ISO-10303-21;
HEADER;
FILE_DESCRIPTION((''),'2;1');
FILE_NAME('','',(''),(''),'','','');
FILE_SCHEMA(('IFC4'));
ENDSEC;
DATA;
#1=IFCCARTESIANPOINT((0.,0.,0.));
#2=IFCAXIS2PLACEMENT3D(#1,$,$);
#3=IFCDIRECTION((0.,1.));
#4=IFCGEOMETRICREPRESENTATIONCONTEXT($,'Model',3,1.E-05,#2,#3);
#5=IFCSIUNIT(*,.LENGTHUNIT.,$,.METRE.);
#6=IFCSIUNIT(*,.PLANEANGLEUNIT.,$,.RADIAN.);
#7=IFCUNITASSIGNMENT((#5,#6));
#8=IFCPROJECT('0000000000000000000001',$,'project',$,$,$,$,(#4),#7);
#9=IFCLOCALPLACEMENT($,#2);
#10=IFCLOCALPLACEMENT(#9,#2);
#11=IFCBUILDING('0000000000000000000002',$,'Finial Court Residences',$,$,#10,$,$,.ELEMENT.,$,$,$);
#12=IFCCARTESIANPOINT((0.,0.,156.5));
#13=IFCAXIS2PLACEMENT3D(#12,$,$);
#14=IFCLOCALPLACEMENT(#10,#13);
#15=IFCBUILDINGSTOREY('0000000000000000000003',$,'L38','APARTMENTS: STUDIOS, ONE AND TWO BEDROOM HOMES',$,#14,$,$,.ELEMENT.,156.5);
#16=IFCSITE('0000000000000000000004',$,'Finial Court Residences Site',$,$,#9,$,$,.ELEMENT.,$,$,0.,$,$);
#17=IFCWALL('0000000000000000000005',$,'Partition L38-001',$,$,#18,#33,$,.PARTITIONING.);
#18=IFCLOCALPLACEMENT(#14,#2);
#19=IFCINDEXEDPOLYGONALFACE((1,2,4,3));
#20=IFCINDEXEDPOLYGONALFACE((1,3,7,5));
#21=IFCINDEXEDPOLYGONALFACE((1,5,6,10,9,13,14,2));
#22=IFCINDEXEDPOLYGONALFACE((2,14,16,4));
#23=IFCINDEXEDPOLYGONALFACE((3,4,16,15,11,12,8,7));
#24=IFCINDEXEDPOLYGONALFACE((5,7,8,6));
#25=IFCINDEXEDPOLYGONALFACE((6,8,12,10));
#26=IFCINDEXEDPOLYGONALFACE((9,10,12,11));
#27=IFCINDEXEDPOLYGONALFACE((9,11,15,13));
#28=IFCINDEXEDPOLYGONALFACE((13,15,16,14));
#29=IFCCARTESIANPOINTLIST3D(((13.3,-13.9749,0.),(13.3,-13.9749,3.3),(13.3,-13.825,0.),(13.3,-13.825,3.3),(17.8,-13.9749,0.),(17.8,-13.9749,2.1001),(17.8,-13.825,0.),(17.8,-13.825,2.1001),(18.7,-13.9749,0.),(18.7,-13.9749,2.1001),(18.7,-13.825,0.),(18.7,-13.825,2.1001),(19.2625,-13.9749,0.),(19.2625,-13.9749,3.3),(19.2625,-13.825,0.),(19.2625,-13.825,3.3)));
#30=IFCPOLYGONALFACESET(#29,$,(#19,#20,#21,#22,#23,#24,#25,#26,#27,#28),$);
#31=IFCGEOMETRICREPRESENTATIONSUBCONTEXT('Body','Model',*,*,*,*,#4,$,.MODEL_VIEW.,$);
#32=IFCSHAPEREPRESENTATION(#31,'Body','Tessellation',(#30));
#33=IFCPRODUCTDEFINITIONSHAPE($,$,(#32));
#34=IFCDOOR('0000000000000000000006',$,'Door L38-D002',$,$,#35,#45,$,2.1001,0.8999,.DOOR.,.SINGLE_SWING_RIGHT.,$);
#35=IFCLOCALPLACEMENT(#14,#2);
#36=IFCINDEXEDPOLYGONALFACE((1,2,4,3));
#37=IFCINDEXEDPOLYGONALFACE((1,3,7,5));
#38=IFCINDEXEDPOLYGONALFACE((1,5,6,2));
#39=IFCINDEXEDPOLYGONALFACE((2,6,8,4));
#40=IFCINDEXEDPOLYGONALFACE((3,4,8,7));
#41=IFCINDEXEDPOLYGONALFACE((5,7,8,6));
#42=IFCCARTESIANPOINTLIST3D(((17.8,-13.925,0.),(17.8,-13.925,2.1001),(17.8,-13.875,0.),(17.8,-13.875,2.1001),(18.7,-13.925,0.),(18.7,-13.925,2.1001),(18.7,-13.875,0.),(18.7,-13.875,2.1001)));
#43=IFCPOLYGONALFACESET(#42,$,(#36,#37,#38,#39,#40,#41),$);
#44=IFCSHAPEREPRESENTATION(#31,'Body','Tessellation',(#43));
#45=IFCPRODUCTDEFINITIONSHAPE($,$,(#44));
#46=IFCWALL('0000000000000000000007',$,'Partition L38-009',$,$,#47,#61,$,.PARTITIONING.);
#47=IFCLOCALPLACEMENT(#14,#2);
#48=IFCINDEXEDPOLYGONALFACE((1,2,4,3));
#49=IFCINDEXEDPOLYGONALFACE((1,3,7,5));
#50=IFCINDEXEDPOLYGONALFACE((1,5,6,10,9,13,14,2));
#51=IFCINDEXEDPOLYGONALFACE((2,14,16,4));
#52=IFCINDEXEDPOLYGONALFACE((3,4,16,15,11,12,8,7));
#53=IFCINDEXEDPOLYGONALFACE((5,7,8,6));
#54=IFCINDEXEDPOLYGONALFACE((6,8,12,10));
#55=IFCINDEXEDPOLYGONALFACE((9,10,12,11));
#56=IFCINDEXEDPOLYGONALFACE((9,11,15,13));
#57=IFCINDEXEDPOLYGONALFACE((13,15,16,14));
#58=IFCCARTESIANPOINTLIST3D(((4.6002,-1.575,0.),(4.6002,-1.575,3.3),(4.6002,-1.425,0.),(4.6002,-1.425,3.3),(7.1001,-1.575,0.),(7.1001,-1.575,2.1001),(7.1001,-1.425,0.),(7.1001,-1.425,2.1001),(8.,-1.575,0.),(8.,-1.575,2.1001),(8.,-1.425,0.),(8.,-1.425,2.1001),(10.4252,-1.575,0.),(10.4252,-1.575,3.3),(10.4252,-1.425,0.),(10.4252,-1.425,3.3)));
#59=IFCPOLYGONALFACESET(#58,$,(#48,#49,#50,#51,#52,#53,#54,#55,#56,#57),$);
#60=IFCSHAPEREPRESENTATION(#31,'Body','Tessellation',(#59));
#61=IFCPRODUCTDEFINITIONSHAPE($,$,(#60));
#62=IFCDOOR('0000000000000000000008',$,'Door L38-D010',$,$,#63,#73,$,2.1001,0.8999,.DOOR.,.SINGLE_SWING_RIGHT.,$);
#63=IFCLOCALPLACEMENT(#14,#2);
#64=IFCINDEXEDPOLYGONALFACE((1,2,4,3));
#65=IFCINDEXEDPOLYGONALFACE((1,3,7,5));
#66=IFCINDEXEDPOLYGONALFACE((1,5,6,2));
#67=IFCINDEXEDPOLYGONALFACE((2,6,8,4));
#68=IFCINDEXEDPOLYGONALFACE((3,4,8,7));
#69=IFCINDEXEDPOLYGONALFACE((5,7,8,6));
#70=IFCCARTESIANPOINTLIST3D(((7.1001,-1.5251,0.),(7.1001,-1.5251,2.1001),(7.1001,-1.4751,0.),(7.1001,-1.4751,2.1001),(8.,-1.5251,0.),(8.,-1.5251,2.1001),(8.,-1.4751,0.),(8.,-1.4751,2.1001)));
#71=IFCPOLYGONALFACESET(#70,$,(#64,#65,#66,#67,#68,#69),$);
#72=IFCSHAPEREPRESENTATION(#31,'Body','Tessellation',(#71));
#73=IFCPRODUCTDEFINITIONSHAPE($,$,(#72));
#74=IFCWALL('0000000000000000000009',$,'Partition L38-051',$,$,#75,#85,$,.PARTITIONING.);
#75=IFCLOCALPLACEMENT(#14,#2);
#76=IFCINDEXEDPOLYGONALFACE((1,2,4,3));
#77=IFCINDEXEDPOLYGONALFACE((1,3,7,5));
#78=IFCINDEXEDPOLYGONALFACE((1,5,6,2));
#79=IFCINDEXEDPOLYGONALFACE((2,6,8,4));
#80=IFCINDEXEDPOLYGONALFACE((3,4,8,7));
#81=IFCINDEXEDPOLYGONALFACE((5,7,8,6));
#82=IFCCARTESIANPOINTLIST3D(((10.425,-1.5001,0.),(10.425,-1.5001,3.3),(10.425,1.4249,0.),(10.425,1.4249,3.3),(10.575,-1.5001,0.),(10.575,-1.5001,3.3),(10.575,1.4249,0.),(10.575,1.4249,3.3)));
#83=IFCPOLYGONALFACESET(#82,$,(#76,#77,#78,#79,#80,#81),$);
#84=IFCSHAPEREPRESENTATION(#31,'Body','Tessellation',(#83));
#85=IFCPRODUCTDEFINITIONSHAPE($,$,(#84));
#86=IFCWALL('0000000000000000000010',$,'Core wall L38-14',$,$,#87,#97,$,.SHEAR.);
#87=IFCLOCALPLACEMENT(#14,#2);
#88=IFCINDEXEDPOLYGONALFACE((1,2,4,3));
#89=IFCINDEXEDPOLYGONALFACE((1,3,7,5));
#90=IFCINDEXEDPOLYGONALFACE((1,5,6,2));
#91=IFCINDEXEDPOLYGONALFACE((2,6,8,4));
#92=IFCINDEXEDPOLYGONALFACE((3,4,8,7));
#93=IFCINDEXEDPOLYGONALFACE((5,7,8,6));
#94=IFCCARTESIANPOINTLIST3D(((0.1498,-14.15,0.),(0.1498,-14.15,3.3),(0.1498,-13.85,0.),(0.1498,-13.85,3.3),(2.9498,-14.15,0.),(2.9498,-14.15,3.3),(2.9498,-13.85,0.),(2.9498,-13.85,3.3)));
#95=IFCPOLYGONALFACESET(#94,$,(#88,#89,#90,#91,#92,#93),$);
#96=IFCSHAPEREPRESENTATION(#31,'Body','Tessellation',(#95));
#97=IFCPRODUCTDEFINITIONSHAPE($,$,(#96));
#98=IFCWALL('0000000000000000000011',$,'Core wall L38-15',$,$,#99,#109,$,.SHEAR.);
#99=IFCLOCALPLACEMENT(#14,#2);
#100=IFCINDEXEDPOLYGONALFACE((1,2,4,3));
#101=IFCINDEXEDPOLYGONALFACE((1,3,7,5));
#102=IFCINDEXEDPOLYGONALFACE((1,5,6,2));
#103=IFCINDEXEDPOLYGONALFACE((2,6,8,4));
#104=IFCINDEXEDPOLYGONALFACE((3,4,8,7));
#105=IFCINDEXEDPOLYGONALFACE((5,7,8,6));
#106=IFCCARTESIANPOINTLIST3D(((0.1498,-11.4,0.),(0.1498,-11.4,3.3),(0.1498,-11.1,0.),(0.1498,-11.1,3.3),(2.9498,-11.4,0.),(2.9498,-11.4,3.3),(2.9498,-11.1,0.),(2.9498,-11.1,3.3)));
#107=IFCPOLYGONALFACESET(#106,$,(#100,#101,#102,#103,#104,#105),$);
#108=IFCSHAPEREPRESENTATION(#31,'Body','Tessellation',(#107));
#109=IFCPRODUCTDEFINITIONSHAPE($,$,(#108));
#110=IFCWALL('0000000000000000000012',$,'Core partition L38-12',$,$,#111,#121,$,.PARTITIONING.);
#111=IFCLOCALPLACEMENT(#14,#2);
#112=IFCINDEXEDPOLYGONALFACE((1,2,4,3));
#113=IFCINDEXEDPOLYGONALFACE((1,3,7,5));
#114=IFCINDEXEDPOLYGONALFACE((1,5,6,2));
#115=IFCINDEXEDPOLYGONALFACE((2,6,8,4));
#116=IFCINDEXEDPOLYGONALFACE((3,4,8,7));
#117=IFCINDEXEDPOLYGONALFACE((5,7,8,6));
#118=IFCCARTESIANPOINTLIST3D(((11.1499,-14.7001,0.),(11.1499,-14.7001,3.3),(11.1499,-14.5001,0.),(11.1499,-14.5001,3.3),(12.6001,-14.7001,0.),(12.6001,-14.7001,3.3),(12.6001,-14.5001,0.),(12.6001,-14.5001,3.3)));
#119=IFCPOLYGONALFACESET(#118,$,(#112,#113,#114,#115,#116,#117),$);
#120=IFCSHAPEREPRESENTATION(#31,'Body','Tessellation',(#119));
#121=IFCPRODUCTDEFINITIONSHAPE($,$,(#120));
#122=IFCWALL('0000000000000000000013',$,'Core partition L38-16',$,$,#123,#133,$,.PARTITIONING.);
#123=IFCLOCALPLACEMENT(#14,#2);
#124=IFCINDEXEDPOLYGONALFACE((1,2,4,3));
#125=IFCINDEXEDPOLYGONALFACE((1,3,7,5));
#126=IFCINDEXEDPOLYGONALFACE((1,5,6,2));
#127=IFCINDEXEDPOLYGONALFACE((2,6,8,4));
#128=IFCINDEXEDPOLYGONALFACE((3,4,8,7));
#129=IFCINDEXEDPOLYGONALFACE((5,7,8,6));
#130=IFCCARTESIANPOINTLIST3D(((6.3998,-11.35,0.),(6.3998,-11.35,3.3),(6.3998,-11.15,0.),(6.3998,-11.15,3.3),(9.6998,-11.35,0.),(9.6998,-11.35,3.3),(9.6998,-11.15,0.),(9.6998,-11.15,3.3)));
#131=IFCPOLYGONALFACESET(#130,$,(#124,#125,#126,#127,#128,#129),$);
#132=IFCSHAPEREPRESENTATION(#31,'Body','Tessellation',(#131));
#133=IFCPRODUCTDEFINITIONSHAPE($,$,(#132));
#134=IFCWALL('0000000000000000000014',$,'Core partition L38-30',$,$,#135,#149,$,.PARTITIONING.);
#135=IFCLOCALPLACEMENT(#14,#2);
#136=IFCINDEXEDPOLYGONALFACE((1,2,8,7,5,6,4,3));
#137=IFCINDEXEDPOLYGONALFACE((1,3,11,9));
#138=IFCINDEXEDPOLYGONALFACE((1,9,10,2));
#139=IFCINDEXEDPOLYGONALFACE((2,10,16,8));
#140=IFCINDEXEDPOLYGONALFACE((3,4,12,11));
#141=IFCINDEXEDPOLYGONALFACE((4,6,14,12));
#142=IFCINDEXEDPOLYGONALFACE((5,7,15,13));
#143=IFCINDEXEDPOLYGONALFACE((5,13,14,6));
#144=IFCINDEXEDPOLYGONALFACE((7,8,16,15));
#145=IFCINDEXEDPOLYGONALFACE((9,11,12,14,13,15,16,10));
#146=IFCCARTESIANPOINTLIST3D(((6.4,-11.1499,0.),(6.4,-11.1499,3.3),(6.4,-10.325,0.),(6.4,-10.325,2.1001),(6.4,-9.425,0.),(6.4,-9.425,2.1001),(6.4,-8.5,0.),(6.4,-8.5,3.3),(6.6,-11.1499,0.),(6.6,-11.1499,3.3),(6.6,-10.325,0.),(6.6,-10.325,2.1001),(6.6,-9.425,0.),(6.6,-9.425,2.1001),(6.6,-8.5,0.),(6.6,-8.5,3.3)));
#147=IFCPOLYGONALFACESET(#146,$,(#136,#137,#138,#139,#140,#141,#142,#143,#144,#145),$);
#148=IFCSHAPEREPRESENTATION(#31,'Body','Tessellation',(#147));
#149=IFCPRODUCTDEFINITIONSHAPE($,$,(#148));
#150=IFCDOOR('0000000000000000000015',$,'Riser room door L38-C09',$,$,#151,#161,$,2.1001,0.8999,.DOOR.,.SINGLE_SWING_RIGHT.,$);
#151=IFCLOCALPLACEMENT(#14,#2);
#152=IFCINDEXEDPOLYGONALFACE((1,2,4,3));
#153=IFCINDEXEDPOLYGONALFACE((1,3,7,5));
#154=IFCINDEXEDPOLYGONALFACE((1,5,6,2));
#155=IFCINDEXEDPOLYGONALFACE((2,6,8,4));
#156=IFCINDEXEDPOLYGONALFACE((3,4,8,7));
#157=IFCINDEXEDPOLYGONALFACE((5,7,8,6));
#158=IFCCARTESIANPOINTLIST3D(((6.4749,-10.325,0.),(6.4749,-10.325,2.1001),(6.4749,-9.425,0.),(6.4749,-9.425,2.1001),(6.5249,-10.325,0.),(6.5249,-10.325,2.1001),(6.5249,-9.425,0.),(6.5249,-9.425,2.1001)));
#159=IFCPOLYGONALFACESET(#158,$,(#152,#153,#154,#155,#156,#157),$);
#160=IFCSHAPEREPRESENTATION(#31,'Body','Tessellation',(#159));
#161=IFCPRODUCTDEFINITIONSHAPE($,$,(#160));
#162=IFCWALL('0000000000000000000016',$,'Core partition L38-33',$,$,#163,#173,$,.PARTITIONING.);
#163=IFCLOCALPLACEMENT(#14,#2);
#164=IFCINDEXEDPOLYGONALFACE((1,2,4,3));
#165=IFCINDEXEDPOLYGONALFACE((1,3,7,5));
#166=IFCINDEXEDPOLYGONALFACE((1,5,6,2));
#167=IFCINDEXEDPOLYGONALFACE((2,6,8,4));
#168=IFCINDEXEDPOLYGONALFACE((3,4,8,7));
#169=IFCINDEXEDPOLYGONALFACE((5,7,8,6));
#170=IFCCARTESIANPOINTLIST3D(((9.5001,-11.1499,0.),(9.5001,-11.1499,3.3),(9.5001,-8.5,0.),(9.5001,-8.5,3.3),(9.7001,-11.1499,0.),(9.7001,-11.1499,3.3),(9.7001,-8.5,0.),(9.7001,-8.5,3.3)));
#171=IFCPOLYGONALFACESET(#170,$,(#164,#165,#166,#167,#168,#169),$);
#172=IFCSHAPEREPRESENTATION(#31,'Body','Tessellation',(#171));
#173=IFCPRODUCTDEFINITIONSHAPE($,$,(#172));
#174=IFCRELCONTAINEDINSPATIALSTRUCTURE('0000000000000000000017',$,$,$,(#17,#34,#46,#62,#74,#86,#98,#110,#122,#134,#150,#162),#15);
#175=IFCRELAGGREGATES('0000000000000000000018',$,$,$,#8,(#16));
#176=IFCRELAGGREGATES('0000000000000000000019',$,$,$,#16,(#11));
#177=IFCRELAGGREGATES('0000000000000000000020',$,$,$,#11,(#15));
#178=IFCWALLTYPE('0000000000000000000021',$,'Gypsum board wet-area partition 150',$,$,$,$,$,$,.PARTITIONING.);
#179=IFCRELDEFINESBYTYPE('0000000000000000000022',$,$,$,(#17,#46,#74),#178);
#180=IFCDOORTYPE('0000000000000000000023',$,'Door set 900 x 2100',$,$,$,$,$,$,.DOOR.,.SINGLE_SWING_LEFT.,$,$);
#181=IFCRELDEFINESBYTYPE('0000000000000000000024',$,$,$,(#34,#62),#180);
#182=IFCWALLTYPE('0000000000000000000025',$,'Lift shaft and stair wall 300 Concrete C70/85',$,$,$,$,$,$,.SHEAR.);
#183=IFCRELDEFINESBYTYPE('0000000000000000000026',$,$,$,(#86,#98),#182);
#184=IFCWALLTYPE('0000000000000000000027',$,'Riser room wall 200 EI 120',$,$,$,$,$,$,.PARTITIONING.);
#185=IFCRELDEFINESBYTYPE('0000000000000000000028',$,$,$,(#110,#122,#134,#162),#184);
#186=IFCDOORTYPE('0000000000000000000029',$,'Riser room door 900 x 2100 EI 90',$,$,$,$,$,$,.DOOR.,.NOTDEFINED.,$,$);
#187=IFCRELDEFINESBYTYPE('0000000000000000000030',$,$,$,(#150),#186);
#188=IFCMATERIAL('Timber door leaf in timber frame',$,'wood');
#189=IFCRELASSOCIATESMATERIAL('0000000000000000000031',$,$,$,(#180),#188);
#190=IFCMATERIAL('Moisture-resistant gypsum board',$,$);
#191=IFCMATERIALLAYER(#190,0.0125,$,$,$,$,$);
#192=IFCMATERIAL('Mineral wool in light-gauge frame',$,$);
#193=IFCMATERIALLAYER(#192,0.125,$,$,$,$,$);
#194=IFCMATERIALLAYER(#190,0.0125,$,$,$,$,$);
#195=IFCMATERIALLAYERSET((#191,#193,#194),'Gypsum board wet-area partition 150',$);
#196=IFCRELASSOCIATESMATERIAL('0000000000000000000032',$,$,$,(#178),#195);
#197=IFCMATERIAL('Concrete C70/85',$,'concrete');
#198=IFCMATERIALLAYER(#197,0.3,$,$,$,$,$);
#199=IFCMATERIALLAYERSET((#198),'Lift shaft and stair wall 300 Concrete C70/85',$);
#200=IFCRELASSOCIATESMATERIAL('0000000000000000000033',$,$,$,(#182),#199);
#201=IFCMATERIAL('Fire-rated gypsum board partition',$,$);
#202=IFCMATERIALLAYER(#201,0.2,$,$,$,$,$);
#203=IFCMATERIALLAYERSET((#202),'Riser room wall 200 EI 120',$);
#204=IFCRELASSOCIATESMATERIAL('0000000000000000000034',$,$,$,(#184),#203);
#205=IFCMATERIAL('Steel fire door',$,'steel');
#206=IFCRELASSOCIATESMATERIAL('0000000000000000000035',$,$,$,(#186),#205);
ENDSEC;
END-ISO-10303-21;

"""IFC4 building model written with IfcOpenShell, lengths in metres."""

from ifc_helpers import new_model, si_unit, direction, frame, frame_2d, origin, place, context, subcontext, project, spatial, rectangle, extrude, material, layer, layer_set, type_object, element, fill, save


model = new_model("IFC4")

# Units and contexts
model_context = context("Model", 3, precision=1e-05, world=origin(), true_north=direction((0.0, 1.0)))
body_context = subcontext(model_context, "Body", "Model", "MODEL_VIEW")
ifc_project = project(units=[si_unit("LENGTHUNIT", "METRE"), si_unit("PLANEANGLEUNIT", "RADIAN")], contexts=[model_context])

# Site, building, storey
site_placement = place(None, origin())
site = spatial("IfcSite", under=ifc_project, at=site_placement, Name="Finial Court Residences Site", CompositionType="ELEMENT", RefElevation=0.0)
building_placement = place(site_placement, origin())
building = spatial("IfcBuilding", under=site, at=building_placement, Name="Finial Court Residences", CompositionType="ELEMENT")
storey_placement = place(building_placement, frame((0.0, 0.0, 156.5)))
storey = spatial("IfcBuildingStorey", under=building, at=storey_placement, Name="L38", Description="APARTMENTS: STUDIOS, ONE AND TWO BEDROOM HOMES", CompositionType="ELEMENT", Elevation=156.5)

# Shared definitions
ifc_material_1 = material(Name="Fire-rated gypsum board partition")
ifc_material_2 = material(Name="Steel fire door", Category="steel")

# Shared definitions
ifc_material_3 = material(Name="Mineral wool in light-gauge frame")

# Walls, openings, doors
ifc_material_4 = material(Name="Timber door leaf in timber frame", Category="wood")
door_type_1 = type_object("IfcDoorType", Name="Door set 900 x 2100", OperationType="SINGLE_SWING_LEFT", PredefinedType="DOOR", material=ifc_material_4)
ifc_material_5 = material(Name="Moisture-resistant gypsum board")
ifc_layer_1 = layer(ifc_material_5, 0.0125)
ifc_layer_2 = layer(ifc_material_3, 0.125)
ifc_layer_3 = layer(ifc_material_5, 0.0125)
ifc_layer_set_1 = layer_set([ifc_layer_1, ifc_layer_2, ifc_layer_3], Name="Gypsum board wet-area partition 150")
wall_type_1 = type_object("IfcWallType", Name="Gypsum board wet-area partition 150", PredefinedType="PARTITIONING", material=ifc_layer_set_1)
wall_1_placement = place(storey_placement, frame((13.3, -13.8999, 0.0), z_axis=(0.0, 0.0, 1.0), x_axis=(1.0, 0.0, 0.0)))
wall_1 = element("IfcWall", 1, at=wall_1_placement, inside=storey, type_object=wall_type_1, Name="Partition L38-001", PredefinedType="PARTITIONING", context=body_context, shape_type="SweptSolid", body=[
    extrude(rectangle(XDim=5.9624, YDim=0.1499, at=frame_2d((2.9812, 0.0))), origin(), (0.0, 0.0, 1.0), 3.3),
])
opening_1_placement = place(wall_1_placement, frame((4.5, 0.0, 0.0)))
opening_1 = element("IfcOpeningElement", 2, at=opening_1_placement, cuts=wall_1, PredefinedType="OPENING", context=body_context, shape_type="SweptSolid", body=[
    extrude(rectangle(XDim=0.8999, YDim=2.1001, at=frame_2d((0.45, 1.05))), frame((0.0, 0.085, 0.0), z_axis=(0.0, -1.0, 0.0), x_axis=(1.0, 0.0, 0.0)), (0.0, 0.0, 1.0), 0.1699),
])
door_1_placement = place(opening_1_placement, origin())
door_1 = element("IfcDoor", 3, at=door_1_placement, inside=storey, type_object=door_type_1, Name="Door L38-D002", OperationType="SINGLE_SWING_RIGHT", OverallHeight=2.1001, OverallWidth=0.8999, PredefinedType="DOOR", context=body_context, shape_type="SweptSolid", body=[
    extrude(rectangle(XDim=0.8999, YDim=2.1001, at=frame_2d((0.45, 1.05))), frame((0.0, 0.0249, 0.0), z_axis=(0.0, -1.0, 0.0), x_axis=(1.0, 0.0, 0.0)), (0.0, 0.0, 1.0), 0.05),
])
fill(opening_1, door_1)
wall_2_placement = place(storey_placement, frame((4.6001, -1.5, 0.0), z_axis=(0.0, 0.0, 1.0), x_axis=(1.0, 0.0, 0.0)))
wall_2 = element("IfcWall", 4, at=wall_2_placement, inside=storey, type_object=wall_type_1, Name="Partition L38-009", PredefinedType="PARTITIONING", context=body_context, shape_type="SweptSolid", body=[
    extrude(rectangle(XDim=5.825, YDim=0.1499, at=frame_2d((2.9126, 0.0))), origin(), (0.0, 0.0, 1.0), 3.3),
])
opening_2_placement = place(wall_2_placement, frame((2.5, 0.0, 0.0)))
opening_2 = element("IfcOpeningElement", 5, at=opening_2_placement, cuts=wall_2, PredefinedType="OPENING", context=body_context, shape_type="SweptSolid", body=[
    extrude(rectangle(XDim=0.8999, YDim=2.1001, at=frame_2d((0.45, 1.05))), frame((0.0, 0.085, 0.0), z_axis=(0.0, -1.0, 0.0), x_axis=(1.0, 0.0, 0.0)), (0.0, 0.0, 1.0), 0.1699),
])
door_2_placement = place(opening_2_placement, origin())
door_2 = element("IfcDoor", 6, at=door_2_placement, inside=storey, type_object=door_type_1, Name="Door L38-D010", OperationType="SINGLE_SWING_RIGHT", OverallHeight=2.1001, OverallWidth=0.8999, PredefinedType="DOOR", context=body_context, shape_type="SweptSolid", body=[
    extrude(rectangle(XDim=0.8999, YDim=2.1001, at=frame_2d((0.45, 1.05))), frame((0.0, 0.0249, 0.0), z_axis=(0.0, -1.0, 0.0), x_axis=(1.0, 0.0, 0.0)), (0.0, 0.0, 1.0), 0.05),
])
fill(opening_2, door_2)

# Walls
wall_3_placement = place(storey_placement, frame((10.5, -1.5, 0.0), z_axis=(0.0, 0.0, 1.0), x_axis=(0.0, 1.0, 0.0)))
element("IfcWall", 7, at=wall_3_placement, inside=storey, type_object=wall_type_1, Name="Partition L38-051", PredefinedType="PARTITIONING", context=body_context, shape_type="SweptSolid", body=[
    extrude(rectangle(XDim=2.925, YDim=0.1499, at=frame_2d((1.4624, 0.0))), origin(), (0.0, 0.0, 1.0), 3.3),
])
ifc_material_6 = material(Name="Concrete C70/85", Category="concrete")
ifc_layer_4 = layer(ifc_material_6, 0.3)
ifc_layer_set_2 = layer_set([ifc_layer_4], Name="Lift shaft and stair wall 300 Concrete C70/85")
wall_type_2 = type_object("IfcWallType", Name="Lift shaft and stair wall 300 Concrete C70/85", PredefinedType="SHEAR", material=ifc_layer_set_2)
for number, where, z_axis, x_axis, name in (
    (8, (0.1499, -14.0, 0.0), (0.0, 0.0, 1.0), (1.0, 0.0, 0.0), "Core wall L38-14"),
    (9, (0.1499, -11.25, 0.0), (0.0, 0.0, 1.0), (1.0, 0.0, 0.0), "Core wall L38-15"),
):
    element("IfcWall", number, at=place(storey_placement, frame(where, z_axis=z_axis, x_axis=x_axis)), inside=storey, type_object=wall_type_2, Name=name, PredefinedType="SHEAR", context=body_context, shape_type="SweptSolid", body=[
        extrude(rectangle(XDim=2.8, YDim=0.3, at=frame_2d((1.3999, 0.0))), origin(), (0.0, 0.0, 1.0), 3.3),
    ])
ifc_layer_5 = layer(ifc_material_1, 0.2)
ifc_layer_set_3 = layer_set([ifc_layer_5], Name="Riser room wall 200 EI 120")
wall_type_3 = type_object("IfcWallType", Name="Riser room wall 200 EI 120", PredefinedType="PARTITIONING", material=ifc_layer_set_3)
wall_4_placement = place(storey_placement, frame((11.1499, -14.6001, 0.0), z_axis=(0.0, 0.0, 1.0), x_axis=(1.0, 0.0, 0.0)))
element("IfcWall", 10, at=wall_4_placement, inside=storey, type_object=wall_type_3, Name="Core partition L38-12", PredefinedType="PARTITIONING", context=body_context, shape_type="SweptSolid", body=[
    extrude(rectangle(XDim=1.4502, YDim=0.2, at=frame_2d((0.7251, 0.0))), origin(), (0.0, 0.0, 1.0), 3.3),
])
wall_5_placement = place(storey_placement, frame((6.3999, -11.25, 0.0), z_axis=(0.0, 0.0, 1.0), x_axis=(1.0, 0.0, 0.0)))
element("IfcWall", 11, at=wall_5_placement, inside=storey, type_object=wall_type_3, Name="Core partition L38-16", PredefinedType="PARTITIONING", context=body_context, shape_type="SweptSolid", body=[
    extrude(rectangle(XDim=3.3, YDim=0.2, at=frame_2d((1.6499, 0.0))), origin(), (0.0, 0.0, 1.0), 3.3),
])

# Wall, opening, door
wall_6_placement = place(storey_placement, frame((6.5, -8.5, 0.0), z_axis=(0.0, 0.0, 1.0), x_axis=(0.0, -1.0, 0.0)))
wall_6 = element("IfcWall", 12, at=wall_6_placement, inside=storey, type_object=wall_type_3, Name="Core partition L38-30", PredefinedType="PARTITIONING", context=body_context, shape_type="SweptSolid", body=[
    extrude(rectangle(XDim=2.6499, YDim=0.2, at=frame_2d((1.325, 0.0))), origin(), (0.0, 0.0, 1.0), 3.3),
])
opening_3_placement = place(wall_6_placement, frame((0.925, 0.0, 0.0)))
opening_3 = element("IfcOpeningElement", 13, at=opening_3_placement, cuts=wall_6, PredefinedType="OPENING", context=body_context, shape_type="SweptSolid", body=[
    extrude(rectangle(XDim=0.8999, YDim=2.1001, at=frame_2d((0.45, 1.05))), frame((0.0, 0.1099, 0.0), z_axis=(0.0, -1.0, 0.0), x_axis=(1.0, 0.0, 0.0)), (0.0, 0.0, 1.0), 0.22),
])
door_type_2 = type_object("IfcDoorType", Name="Riser room door 900 x 2100 EI 90", OperationType="NOTDEFINED", PredefinedType="DOOR", material=ifc_material_2)
door_3_placement = place(opening_3_placement, origin())
door_3 = element("IfcDoor", 14, at=door_3_placement, inside=storey, type_object=door_type_2, Name="Riser room door L38-C09", OperationType="SINGLE_SWING_RIGHT", OverallHeight=2.1001, OverallWidth=0.8999, PredefinedType="DOOR", context=body_context, shape_type="SweptSolid", body=[
    extrude(rectangle(XDim=0.8999, YDim=2.1001, at=frame_2d((0.45, 1.05))), frame((0.0, 0.0249, 0.0), z_axis=(0.0, -1.0, 0.0), x_axis=(1.0, 0.0, 0.0)), (0.0, 0.0, 1.0), 0.05),
])
fill(opening_3, door_3)

# Wall
wall_7_placement = place(storey_placement, frame((9.6001, -11.1499, 0.0), z_axis=(0.0, 0.0, 1.0), x_axis=(0.0, 1.0, 0.0)))
element("IfcWall", 15, at=wall_7_placement, inside=storey, type_object=wall_type_3, Name="Core partition L38-33", PredefinedType="PARTITIONING", context=body_context, shape_type="SweptSolid", body=[
    extrude(rectangle(XDim=2.6499, YDim=0.2, at=frame_2d((1.325, 0.0))), origin(), (0.0, 0.0, 1.0), 3.3),
])

save(model, "model.ifc")
